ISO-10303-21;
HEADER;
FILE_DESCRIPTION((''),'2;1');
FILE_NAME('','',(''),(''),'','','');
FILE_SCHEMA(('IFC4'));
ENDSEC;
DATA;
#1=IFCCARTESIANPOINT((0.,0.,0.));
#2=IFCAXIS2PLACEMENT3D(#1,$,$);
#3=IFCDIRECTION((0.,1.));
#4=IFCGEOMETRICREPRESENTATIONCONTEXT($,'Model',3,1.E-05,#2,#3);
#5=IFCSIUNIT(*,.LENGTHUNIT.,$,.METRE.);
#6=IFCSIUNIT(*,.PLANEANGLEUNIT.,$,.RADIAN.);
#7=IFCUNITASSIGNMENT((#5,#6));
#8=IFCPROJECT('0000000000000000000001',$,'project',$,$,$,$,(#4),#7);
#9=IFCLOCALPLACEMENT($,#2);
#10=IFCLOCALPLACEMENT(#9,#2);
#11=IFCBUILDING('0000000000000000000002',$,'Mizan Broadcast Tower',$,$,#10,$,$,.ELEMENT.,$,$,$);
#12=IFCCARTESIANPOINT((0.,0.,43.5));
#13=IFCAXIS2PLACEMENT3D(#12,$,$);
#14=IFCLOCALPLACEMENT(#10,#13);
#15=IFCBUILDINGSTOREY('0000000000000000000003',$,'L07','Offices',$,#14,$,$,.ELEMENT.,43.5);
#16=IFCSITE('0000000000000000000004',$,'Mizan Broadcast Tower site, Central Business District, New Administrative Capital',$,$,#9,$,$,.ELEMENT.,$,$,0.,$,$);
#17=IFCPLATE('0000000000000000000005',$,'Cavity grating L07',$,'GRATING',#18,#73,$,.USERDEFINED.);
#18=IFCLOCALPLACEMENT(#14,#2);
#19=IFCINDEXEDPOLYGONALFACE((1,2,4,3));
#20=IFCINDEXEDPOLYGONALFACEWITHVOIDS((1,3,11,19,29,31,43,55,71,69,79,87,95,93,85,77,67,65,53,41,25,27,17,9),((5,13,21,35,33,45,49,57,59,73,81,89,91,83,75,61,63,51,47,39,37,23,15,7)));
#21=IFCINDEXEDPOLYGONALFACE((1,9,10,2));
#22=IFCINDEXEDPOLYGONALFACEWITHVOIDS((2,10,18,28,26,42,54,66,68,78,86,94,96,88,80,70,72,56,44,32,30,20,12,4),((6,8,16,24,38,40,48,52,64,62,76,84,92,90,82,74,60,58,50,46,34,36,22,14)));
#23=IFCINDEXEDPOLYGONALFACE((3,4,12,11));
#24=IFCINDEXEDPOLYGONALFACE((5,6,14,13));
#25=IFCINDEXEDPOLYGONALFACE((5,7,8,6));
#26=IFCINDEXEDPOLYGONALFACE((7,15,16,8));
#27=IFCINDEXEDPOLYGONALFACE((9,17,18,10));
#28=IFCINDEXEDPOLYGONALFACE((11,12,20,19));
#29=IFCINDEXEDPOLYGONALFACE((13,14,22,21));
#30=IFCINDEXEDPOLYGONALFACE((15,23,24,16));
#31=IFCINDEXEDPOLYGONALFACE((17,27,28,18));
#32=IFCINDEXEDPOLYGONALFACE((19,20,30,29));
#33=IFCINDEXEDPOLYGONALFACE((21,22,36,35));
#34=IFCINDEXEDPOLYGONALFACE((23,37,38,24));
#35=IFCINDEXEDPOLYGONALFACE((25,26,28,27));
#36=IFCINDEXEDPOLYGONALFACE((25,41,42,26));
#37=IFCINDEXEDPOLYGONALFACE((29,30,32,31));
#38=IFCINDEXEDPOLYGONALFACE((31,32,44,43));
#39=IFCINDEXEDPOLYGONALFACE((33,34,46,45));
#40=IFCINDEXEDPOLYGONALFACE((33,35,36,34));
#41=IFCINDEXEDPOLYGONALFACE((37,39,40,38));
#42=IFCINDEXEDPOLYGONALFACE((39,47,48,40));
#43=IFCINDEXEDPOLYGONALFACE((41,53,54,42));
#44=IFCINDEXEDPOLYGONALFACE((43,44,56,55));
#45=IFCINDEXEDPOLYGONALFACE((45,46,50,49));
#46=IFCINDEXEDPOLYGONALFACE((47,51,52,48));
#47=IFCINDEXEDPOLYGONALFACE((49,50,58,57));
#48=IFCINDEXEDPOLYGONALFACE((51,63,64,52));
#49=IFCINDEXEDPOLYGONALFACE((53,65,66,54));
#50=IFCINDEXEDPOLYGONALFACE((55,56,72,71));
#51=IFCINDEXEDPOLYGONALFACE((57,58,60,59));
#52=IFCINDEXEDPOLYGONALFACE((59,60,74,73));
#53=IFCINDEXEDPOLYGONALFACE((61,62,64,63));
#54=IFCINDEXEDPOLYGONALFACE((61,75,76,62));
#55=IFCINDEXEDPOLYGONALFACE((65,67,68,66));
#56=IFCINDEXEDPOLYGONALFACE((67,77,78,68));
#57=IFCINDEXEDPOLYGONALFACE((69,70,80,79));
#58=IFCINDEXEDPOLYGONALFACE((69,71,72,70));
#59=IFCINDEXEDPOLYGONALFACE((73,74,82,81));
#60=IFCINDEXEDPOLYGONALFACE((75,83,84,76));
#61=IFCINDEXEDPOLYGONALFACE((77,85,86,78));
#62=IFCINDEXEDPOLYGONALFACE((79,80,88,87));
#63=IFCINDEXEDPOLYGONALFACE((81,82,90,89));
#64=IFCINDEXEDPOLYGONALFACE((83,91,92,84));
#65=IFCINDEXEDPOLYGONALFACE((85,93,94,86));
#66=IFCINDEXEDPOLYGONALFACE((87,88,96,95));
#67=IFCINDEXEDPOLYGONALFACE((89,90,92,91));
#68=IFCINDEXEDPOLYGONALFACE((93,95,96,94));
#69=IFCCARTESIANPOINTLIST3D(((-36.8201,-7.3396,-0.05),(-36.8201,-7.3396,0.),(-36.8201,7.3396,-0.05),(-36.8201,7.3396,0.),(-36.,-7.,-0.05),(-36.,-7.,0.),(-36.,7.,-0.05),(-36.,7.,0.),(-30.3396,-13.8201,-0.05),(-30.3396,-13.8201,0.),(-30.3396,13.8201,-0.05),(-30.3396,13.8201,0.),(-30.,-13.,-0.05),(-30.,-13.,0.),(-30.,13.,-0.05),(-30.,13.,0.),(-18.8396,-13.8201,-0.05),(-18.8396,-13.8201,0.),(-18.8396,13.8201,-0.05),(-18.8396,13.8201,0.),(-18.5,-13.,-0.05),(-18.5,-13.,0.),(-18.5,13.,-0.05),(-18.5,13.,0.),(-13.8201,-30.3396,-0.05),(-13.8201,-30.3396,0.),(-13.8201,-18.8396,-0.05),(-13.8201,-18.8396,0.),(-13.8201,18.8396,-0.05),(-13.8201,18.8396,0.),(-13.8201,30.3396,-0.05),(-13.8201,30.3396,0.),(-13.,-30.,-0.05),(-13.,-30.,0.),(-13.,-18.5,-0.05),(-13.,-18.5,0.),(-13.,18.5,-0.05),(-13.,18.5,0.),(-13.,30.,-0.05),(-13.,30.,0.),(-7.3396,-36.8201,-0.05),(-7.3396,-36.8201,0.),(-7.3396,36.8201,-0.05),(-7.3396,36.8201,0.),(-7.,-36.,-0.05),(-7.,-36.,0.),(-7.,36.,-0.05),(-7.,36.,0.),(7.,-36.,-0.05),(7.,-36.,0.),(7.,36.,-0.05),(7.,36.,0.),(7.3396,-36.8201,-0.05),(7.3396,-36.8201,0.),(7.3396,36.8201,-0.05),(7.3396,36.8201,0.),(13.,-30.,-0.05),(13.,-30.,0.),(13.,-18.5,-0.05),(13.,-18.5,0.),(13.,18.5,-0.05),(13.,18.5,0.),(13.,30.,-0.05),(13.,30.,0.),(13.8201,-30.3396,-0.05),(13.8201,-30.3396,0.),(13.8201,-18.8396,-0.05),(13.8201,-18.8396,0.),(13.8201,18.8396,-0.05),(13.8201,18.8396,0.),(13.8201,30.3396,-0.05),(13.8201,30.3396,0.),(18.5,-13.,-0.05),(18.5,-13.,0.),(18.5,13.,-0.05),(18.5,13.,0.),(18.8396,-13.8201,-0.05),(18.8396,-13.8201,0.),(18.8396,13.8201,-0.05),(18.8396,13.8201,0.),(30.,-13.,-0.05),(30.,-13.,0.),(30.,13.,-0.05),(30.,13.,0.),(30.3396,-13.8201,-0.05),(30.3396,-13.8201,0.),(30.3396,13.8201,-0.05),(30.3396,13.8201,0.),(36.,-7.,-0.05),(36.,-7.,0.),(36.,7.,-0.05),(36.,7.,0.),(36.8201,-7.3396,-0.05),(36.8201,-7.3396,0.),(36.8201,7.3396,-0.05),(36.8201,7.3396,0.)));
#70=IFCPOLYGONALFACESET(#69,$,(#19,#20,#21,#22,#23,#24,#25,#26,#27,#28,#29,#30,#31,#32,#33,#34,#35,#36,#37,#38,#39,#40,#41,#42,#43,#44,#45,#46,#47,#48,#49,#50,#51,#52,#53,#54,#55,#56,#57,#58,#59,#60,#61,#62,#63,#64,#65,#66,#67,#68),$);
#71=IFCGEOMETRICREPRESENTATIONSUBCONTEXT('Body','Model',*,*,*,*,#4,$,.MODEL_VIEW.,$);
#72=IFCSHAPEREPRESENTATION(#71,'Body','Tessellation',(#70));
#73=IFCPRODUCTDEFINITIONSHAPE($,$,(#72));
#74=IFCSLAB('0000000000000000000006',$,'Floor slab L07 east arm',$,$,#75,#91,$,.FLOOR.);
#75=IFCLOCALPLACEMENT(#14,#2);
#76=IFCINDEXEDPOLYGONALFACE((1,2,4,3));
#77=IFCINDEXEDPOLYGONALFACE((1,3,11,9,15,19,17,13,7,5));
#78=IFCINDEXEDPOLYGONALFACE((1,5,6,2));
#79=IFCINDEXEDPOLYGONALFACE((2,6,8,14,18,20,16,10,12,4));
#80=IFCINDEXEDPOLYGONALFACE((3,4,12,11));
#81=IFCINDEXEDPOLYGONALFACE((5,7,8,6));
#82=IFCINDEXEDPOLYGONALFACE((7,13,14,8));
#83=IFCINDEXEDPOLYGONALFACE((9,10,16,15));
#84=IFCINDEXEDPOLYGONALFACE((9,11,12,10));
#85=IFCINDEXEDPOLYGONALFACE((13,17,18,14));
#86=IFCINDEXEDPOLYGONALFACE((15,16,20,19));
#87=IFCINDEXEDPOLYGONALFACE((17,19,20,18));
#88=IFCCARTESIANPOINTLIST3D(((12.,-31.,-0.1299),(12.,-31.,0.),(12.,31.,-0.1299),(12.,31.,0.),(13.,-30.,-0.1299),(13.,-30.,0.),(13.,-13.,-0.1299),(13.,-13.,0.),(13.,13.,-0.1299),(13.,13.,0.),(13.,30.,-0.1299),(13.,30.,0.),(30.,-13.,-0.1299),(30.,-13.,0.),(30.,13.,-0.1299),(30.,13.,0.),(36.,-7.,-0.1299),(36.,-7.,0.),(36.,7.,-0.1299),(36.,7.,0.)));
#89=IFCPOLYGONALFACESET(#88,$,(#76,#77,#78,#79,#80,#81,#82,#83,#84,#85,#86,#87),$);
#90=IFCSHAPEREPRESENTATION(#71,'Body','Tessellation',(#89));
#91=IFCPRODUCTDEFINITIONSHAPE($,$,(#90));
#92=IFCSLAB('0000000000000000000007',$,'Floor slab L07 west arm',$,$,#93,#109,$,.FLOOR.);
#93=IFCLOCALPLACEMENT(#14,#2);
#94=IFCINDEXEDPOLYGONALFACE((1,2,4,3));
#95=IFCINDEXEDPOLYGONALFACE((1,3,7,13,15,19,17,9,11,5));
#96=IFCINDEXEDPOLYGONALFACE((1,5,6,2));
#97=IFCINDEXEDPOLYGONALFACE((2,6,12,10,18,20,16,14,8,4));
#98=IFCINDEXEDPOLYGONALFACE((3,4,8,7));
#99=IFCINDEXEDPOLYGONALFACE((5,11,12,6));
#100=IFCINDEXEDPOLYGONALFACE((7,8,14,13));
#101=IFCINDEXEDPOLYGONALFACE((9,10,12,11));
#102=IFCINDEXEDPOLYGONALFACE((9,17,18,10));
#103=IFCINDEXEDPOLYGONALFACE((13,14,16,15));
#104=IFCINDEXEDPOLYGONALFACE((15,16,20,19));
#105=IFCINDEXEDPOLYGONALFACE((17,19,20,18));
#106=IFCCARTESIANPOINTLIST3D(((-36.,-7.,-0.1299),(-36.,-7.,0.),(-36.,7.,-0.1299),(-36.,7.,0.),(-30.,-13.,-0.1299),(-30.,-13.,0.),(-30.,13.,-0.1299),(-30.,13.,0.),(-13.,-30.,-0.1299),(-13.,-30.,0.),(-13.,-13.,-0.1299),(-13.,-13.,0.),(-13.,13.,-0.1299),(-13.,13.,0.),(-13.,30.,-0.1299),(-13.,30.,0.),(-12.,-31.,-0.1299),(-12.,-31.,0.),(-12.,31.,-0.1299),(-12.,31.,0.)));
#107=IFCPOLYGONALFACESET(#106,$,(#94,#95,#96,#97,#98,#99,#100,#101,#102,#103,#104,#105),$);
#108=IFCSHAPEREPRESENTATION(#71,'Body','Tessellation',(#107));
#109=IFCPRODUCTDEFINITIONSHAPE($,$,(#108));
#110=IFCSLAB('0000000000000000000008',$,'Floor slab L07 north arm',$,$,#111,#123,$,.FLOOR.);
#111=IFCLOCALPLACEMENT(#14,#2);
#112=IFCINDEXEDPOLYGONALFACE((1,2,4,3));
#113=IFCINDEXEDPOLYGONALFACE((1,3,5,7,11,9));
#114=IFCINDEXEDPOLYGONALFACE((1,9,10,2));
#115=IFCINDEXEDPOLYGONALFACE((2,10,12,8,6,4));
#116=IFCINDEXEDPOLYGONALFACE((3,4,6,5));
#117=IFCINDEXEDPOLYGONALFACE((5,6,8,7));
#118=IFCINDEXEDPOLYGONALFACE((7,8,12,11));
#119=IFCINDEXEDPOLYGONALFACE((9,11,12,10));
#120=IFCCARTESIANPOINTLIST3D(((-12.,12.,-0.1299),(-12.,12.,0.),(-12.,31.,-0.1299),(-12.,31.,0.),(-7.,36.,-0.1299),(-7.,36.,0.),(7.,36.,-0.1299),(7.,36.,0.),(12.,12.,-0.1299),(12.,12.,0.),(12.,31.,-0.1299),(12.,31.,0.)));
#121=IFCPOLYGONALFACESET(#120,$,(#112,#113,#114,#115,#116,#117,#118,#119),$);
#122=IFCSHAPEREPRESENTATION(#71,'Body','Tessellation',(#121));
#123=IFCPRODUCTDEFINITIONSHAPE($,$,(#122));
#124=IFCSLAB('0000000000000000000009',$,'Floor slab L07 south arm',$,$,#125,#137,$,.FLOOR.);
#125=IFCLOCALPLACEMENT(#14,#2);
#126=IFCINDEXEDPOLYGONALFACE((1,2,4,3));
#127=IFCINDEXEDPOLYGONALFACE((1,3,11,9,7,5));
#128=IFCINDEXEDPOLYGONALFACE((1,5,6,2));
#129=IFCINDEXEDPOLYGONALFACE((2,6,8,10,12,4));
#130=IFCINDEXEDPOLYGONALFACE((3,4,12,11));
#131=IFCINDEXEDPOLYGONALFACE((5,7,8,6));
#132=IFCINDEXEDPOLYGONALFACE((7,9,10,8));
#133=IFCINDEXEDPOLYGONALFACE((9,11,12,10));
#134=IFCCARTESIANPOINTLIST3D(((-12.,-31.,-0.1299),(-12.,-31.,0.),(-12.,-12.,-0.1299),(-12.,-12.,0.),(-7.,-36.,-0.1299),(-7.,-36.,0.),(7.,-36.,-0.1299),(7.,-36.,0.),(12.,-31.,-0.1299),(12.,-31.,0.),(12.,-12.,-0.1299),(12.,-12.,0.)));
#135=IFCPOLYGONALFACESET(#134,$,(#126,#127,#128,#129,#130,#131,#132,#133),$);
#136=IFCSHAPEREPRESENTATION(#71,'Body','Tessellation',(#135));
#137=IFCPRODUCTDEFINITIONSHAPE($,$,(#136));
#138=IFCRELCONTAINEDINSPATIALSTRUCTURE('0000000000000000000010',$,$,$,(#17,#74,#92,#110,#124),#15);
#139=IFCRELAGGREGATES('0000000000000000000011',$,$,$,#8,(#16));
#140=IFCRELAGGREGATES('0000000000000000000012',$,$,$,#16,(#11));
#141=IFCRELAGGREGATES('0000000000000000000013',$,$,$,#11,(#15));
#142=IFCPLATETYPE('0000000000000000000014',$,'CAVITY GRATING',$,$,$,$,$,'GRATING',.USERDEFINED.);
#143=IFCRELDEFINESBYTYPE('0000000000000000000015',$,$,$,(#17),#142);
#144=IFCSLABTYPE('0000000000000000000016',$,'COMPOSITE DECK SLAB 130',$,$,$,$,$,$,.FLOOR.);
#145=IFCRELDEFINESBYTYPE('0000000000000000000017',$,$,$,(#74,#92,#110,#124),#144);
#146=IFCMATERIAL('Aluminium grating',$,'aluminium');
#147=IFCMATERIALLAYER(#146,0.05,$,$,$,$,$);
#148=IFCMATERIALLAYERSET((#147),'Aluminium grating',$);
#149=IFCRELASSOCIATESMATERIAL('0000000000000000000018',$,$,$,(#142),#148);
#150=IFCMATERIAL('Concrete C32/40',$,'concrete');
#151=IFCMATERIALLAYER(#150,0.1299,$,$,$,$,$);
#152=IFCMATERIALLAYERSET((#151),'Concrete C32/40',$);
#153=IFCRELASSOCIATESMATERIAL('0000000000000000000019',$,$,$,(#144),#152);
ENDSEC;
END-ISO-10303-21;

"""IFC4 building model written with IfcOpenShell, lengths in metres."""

from ifc_helpers import new_model, si_unit, direction, frame, origin, place, context, subcontext, project, spatial, polyline, outline, extrude, material, layer, layer_set, type_object, element, save


model = new_model("IFC4")

# Units and contexts
model_context = context("Model", 3, precision=1e-05, world=origin(), true_north=direction((0.0, 1.0)))
body_context = subcontext(model_context, "Body", "Model", "MODEL_VIEW")
ifc_project = project(units=[si_unit("LENGTHUNIT", "METRE"), si_unit("PLANEANGLEUNIT", "RADIAN")], contexts=[model_context])

# Site, building, storey
site_placement = place(None, origin())
site = spatial("IfcSite", under=ifc_project, at=site_placement, Name="Mizan Broadcast Tower site, Central Business District, New Administrative Capital", CompositionType="ELEMENT", RefElevation=0.0)
building_placement = place(site_placement, origin())
building = spatial("IfcBuilding", under=site, at=building_placement, Name="Mizan Broadcast Tower", CompositionType="ELEMENT")
storey_placement = place(building_placement, frame((0.0, 0.0, 43.5)))
storey = spatial("IfcBuildingStorey", under=building, at=storey_placement, Name="L07", Description="Offices", CompositionType="ELEMENT", Elevation=43.5)

# Plate
ifc_material_1 = material(Name="Aluminium grating", Category="aluminium")
ifc_layer_1 = layer(ifc_material_1, 0.05)
ifc_layer_set_1 = layer_set([ifc_layer_1], Name="Aluminium grating")
plate_type = type_object("IfcPlateType", Name="CAVITY GRATING", ElementType="GRATING", PredefinedType="USERDEFINED", material=ifc_layer_set_1)
plate_placement = place(storey_placement, frame((0.0, 0.0, -0.05)))
element("IfcPlate", 1, at=plate_placement, inside=storey, type_object=plate_type, Name="Cavity grating L07", ObjectType="GRATING", PredefinedType="USERDEFINED", context=body_context, shape_type="SweptSolid", body=[
    extrude(outline(polyline([(13.8201, -18.8396), (18.8396, -13.8201), (30.3396, -13.8201), (36.8201, -7.3396), (36.8201, 7.3396), (30.3396, 13.8201), (18.8396, 13.8201), (13.8201, 18.8396), (13.8201, 30.3396), (7.3396, 36.8201), (-7.3396, 36.8201), (-13.8201, 30.3396), (-13.8201, 18.8396), (-18.8396, 13.8201), (-30.3396, 13.8201), (-36.8201, 7.3396), (-36.8201, -7.3396), (-30.3396, -13.8201), (-18.8396, -13.8201), (-13.8201, -18.8396), (-13.8201, -30.3396), (-7.3396, -36.8201), (7.3396, -36.8201), (13.8201, -30.3396), (13.8201, -18.8396)]), holes=[polyline([(36.0, 7.0), (36.0, -7.0), (30.0, -13.0), (18.5, -13.0), (13.0, -18.5), (13.0, -30.0), (7.0, -36.0), (-7.0, -36.0), (-13.0, -30.0), (-13.0, -18.5), (-18.5, -13.0), (-30.0, -13.0), (-36.0, -7.0), (-36.0, 7.0), (-30.0, 13.0), (-18.5, 13.0), (-13.0, 18.5), (-13.0, 30.0), (-7.0, 36.0), (7.0, 36.0), (13.0, 30.0), (13.0, 18.5), (18.5, 13.0), (30.0, 13.0), (36.0, 7.0)])]), origin(), (0.0, 0.0, 1.0), 0.05),
])

# Slabs
ifc_material_2 = material(Name="Concrete C32/40", Category="concrete")
ifc_layer_2 = layer(ifc_material_2, 0.1299)
ifc_layer_set_2 = layer_set([ifc_layer_2], Name="Concrete C32/40")
slab_type_1 = type_object("IfcSlabType", Name="COMPOSITE DECK SLAB 130", PredefinedType="FLOOR", material=ifc_layer_set_2)
slab_1_placement = place(storey_placement, frame((0.0, 0.0, -0.1299)))
element("IfcSlab", 2, at=slab_1_placement, inside=storey, type_object=slab_type_1, Name="Floor slab L07 east arm", PredefinedType="FLOOR", context=body_context, shape_type="SweptSolid", body=[
    extrude(outline(polyline([(12.0, -31.0), (13.0, -30.0), (13.0, -13.0), (30.0, -13.0), (36.0, -7.0), (36.0, 7.0), (30.0, 13.0), (13.0, 13.0), (13.0, 30.0), (12.0, 31.0), (12.0, -31.0)])), origin(), (0.0, 0.0, 1.0), 0.1299),
])
slab_2_placement = place(storey_placement, frame((0.0, 0.0, -0.1299)))
element("IfcSlab", 3, at=slab_2_placement, inside=storey, type_object=slab_type_1, Name="Floor slab L07 west arm", PredefinedType="FLOOR", context=body_context, shape_type="SweptSolid", body=[
    extrude(outline(polyline([(-13.0, -30.0), (-12.0, -31.0), (-12.0, 31.0), (-13.0, 30.0), (-13.0, 13.0), (-30.0, 13.0), (-36.0, 7.0), (-36.0, -7.0), (-30.0, -13.0), (-13.0, -13.0), (-13.0, -30.0)])), origin(), (0.0, 0.0, 1.0), 0.1299),
])
slab_3_placement = place(storey_placement, frame((0.0, 0.0, -0.1299)))
element("IfcSlab", 4, at=slab_3_placement, inside=storey, type_object=slab_type_1, Name="Floor slab L07 north arm", PredefinedType="FLOOR", context=body_context, shape_type="SweptSolid", body=[
    extrude(outline(polyline([(-7.0, 36.0), (-12.0, 31.0), (-12.0, 12.0), (12.0, 12.0), (12.0, 31.0), (7.0, 36.0), (-7.0, 36.0)])), origin(), (0.0, 0.0, 1.0), 0.1299),
])
slab_4_placement = place(storey_placement, frame((0.0, 0.0, -0.1299)))
element("IfcSlab", 5, at=slab_4_placement, inside=storey, type_object=slab_type_1, Name="Floor slab L07 south arm", PredefinedType="FLOOR", context=body_context, shape_type="SweptSolid", body=[
    extrude(outline(polyline([(7.0, -36.0), (12.0, -31.0), (12.0, -12.0), (-12.0, -12.0), (-12.0, -31.0), (-7.0, -36.0), (7.0, -36.0)])), origin(), (0.0, 0.0, 1.0), 0.1299),
])

save(model, "model.ifc")
